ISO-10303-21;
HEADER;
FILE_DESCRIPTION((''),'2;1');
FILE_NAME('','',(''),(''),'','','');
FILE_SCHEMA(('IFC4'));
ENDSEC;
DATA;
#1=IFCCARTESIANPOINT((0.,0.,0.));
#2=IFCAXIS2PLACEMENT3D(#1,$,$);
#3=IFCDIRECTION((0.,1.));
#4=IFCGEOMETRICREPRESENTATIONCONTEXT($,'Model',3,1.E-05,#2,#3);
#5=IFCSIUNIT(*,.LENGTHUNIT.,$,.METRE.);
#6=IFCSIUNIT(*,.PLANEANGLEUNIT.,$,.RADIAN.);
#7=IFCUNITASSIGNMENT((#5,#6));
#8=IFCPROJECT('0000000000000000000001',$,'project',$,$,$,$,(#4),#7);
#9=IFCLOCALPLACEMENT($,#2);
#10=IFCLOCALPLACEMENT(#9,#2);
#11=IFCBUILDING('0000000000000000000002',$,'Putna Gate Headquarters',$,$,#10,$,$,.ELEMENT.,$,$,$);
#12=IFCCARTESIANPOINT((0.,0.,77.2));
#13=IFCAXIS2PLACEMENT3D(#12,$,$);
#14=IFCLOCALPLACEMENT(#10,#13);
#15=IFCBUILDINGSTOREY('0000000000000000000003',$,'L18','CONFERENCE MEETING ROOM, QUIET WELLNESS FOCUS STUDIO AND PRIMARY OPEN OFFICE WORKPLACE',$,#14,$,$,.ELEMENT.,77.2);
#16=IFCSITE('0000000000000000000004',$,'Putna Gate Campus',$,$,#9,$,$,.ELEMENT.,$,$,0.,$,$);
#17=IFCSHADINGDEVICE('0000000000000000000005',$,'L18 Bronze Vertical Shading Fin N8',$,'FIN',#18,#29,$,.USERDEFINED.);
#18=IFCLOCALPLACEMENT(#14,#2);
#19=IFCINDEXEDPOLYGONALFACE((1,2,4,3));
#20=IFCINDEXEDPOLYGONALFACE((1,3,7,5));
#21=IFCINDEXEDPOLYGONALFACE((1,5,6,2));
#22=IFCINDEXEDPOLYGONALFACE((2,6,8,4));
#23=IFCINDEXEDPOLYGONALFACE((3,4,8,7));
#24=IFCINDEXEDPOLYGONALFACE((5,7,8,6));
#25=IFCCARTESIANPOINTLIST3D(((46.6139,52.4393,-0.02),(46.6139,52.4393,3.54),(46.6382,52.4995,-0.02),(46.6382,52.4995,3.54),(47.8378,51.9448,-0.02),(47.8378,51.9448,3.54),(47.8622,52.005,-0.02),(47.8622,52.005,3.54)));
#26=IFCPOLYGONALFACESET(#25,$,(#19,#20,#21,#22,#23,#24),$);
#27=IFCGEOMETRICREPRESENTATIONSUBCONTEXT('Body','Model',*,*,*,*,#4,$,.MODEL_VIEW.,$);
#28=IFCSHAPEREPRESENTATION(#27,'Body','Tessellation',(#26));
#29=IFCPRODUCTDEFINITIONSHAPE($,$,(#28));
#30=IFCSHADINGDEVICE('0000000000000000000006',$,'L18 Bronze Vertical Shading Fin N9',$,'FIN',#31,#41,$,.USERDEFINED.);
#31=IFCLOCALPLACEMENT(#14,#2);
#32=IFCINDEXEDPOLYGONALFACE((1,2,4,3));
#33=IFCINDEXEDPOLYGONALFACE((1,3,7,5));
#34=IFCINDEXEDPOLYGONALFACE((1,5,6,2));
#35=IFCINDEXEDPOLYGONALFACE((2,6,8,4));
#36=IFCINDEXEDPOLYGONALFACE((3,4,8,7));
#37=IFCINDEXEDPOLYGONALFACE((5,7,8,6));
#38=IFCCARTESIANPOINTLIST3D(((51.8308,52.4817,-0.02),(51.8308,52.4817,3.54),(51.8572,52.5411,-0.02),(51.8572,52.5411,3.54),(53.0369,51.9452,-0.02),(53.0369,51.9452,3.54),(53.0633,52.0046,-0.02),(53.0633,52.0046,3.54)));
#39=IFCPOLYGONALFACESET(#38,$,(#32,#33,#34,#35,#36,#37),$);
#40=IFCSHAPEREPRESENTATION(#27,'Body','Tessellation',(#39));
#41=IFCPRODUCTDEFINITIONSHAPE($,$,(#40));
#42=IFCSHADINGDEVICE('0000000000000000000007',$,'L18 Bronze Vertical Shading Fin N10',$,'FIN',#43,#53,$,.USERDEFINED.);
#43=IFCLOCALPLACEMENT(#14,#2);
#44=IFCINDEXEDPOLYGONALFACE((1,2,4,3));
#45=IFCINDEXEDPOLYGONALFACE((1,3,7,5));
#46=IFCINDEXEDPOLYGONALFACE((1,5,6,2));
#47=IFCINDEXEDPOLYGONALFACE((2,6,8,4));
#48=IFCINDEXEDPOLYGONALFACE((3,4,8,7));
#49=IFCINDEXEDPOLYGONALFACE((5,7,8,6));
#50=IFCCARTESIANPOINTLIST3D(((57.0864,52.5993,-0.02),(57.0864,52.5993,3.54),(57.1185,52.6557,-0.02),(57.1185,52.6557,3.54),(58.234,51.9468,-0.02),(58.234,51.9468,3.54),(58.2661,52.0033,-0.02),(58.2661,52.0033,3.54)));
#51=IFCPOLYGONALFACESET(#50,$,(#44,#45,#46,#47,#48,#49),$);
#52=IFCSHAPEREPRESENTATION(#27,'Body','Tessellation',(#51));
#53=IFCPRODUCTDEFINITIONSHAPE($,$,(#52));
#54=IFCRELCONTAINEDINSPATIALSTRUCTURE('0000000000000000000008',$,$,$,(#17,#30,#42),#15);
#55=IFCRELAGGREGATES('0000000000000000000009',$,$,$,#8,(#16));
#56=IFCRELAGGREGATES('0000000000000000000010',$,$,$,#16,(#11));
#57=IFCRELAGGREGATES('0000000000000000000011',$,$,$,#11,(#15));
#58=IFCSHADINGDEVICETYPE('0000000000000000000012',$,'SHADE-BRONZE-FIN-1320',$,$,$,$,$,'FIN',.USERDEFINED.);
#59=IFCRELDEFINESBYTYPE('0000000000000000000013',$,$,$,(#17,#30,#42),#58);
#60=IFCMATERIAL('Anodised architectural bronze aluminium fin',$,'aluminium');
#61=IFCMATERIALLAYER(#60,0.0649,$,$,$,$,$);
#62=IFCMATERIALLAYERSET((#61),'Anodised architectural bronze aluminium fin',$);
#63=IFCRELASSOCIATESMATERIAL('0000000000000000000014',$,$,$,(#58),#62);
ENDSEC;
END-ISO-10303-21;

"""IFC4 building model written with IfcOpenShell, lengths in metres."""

from ifc_helpers import new_model, si_unit, direction, frame, origin, origin_2d, place, context, subcontext, project, spatial, rectangle, extrude, material, layer, layer_set, type_object, element, save


model = new_model("IFC4")

# Units and contexts
model_context = context("Model", 3, precision=1e-05, world=origin(), true_north=direction((0.0, 1.0)))
body_context = subcontext(model_context, "Body", "Model", "MODEL_VIEW")
ifc_project = project(units=[si_unit("LENGTHUNIT", "METRE"), si_unit("PLANEANGLEUNIT", "RADIAN")], contexts=[model_context])

# Site, building, storey
site_placement = place(None, origin())
site = spatial("IfcSite", under=ifc_project, at=site_placement, Name="Putna Gate Campus", CompositionType="ELEMENT", RefElevation=0.0)
building_placement = place(site_placement, origin())
building = spatial("IfcBuilding", under=site, at=building_placement, Name="Putna Gate Headquarters", CompositionType="ELEMENT")
storey_placement = place(building_placement, frame((0.0, 0.0, 77.2)))
storey = spatial("IfcBuildingStorey", under=building, at=storey_placement, Name="L18", Description="CONFERENCE MEETING ROOM, QUIET WELLNESS FOCUS STUDIO AND PRIMARY OPEN OFFICE WORKPLACE", CompositionType="ELEMENT", Elevation=77.2)

# Shading devices
ifc_material_1 = material(Name="Anodised architectural bronze aluminium fin", Category="aluminium")
ifc_layer_1 = layer(ifc_material_1, 0.0649)
ifc_layer_set_1 = layer_set([ifc_layer_1], Name="Anodised architectural bronze aluminium fin")
shading_device_type = type_object("IfcShadingDeviceType", Name="SHADE-BRONZE-FIN-1320", ElementType="FIN", PredefinedType="USERDEFINED", material=ifc_layer_set_1)
for number, where, z_axis, x_axis, name in (
    (1, (47.238, 52.2222, -0.02), (0.0, 0.0, 1.0), (-0.927184, 0.374607, 0.0), "L18 Bronze Vertical Shading Fin N8"),
    (2, (52.447, 52.2432, -0.02), (0.0, 0.0, 1.0), (-0.913687, 0.406418, 0.0), "L18 Bronze Vertical Shading Fin N9"),
    (3, (57.6763, 52.3013, -0.02), (0.0, 0.0, 1.0), (-0.869322, 0.494245, 0.0), "L18 Bronze Vertical Shading Fin N10"),
):
    element("IfcShadingDevice", number, at=place(storey_placement, frame(where, z_axis=z_axis, x_axis=x_axis)), inside=storey, type_object=shading_device_type, Name=name, ObjectType="FIN", PredefinedType="USERDEFINED", context=body_context, shape_type="SweptSolid", body=[
        extrude(rectangle(XDim=1.3201, YDim=0.0649, at=origin_2d()), origin(), (0.0, 0.0, 1.0), 3.5601),
    ])

save(model, "model.ifc")
